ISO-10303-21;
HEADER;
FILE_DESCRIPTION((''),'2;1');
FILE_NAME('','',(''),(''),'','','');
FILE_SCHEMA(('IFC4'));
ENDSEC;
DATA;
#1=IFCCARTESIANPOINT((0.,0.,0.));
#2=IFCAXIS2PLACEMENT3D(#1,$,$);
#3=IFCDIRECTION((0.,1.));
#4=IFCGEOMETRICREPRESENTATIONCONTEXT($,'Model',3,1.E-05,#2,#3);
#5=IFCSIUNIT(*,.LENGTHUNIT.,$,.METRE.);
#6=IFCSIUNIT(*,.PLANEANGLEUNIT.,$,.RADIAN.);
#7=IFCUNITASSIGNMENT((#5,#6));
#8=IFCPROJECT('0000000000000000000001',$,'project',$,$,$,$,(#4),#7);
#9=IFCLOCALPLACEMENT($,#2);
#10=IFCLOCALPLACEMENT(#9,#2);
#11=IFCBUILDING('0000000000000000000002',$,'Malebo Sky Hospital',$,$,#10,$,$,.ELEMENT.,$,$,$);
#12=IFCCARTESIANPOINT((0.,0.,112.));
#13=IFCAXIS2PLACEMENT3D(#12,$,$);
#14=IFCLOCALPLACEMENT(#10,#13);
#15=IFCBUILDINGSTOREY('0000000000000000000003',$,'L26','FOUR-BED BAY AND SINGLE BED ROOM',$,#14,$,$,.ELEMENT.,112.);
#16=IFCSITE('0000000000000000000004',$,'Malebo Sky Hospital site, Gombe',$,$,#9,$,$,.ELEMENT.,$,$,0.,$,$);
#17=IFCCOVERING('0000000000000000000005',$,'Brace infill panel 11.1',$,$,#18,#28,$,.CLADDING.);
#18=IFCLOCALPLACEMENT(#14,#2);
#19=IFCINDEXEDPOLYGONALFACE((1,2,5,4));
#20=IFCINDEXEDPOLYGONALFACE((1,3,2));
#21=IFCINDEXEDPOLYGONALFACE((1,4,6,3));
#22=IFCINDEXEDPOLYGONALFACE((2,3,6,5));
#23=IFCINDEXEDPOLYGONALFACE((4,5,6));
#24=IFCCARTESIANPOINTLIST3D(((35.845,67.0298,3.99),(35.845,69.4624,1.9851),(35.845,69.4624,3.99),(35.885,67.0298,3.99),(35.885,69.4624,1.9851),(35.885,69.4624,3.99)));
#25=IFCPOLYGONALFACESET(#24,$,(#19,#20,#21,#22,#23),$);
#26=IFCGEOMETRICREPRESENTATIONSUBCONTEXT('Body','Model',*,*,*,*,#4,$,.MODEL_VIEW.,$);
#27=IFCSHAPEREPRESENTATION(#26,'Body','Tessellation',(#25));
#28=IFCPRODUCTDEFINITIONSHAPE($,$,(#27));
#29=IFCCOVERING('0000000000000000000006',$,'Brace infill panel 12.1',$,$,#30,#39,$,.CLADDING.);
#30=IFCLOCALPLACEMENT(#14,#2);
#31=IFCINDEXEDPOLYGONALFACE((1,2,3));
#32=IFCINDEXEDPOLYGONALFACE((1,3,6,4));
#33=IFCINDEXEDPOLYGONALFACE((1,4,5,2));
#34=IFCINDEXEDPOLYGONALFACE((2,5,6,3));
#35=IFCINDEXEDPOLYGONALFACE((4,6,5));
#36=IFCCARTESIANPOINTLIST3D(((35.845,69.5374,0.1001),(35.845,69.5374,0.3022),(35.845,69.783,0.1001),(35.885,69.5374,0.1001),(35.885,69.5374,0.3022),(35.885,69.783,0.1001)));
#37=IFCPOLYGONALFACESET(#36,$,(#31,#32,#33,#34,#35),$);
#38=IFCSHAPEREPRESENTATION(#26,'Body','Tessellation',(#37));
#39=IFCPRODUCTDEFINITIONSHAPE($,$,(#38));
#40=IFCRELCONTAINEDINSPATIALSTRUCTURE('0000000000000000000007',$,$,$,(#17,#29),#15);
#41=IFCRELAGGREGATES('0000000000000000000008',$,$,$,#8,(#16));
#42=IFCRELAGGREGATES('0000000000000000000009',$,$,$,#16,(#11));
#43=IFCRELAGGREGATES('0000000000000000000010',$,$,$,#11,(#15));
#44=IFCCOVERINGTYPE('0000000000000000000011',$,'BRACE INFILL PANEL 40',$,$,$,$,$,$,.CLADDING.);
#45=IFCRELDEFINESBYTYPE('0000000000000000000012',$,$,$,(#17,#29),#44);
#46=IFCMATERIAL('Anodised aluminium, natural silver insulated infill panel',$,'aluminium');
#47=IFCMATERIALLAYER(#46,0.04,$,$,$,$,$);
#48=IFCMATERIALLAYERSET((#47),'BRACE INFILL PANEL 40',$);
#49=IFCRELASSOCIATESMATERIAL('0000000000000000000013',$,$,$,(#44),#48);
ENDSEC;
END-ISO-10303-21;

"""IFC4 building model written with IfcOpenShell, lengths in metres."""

from ifc_helpers import new_model, si_unit, direction, frame, origin, place, context, subcontext, project, spatial, polyline, outline, extrude, material, layer, layer_set, type_object, element, save


model = new_model("IFC4")

# Units and contexts
model_context = context("Model", 3, precision=1e-05, world=origin(), true_north=direction((0.0, 1.0)))
body_context = subcontext(model_context, "Body", "Model", "MODEL_VIEW")
ifc_project = project(units=[si_unit("LENGTHUNIT", "METRE"), si_unit("PLANEANGLEUNIT", "RADIAN")], contexts=[model_context])

# Site, building, storey
site_placement = place(None, origin())
site = spatial("IfcSite", under=ifc_project, at=site_placement, Name="Malebo Sky Hospital site, Gombe", CompositionType="ELEMENT", RefElevation=0.0)
building_placement = place(site_placement, origin())
building = spatial("IfcBuilding", under=site, at=building_placement, Name="Malebo Sky Hospital", CompositionType="ELEMENT")
storey_placement = place(building_placement, frame((0.0, 0.0, 112.0)))
storey = spatial("IfcBuildingStorey", under=building, at=storey_placement, Name="L26", Description="FOUR-BED BAY AND SINGLE BED ROOM", CompositionType="ELEMENT", Elevation=112.0)

# Coverings
ifc_material_1 = material(Name="Anodised aluminium, natural silver insulated infill panel", Category="aluminium")
ifc_layer_1 = layer(ifc_material_1, 0.04)
ifc_layer_set_1 = layer_set([ifc_layer_1], Name="BRACE INFILL PANEL 40")
covering_type = type_object("IfcCoveringType", Name="BRACE INFILL PANEL 40", PredefinedType="CLADDING", material=ifc_layer_set_1)
covering_1_placement = place(storey_placement, frame((35.865, 68.2461, 1.9851), z_axis=(0.0, 0.0, 1.0), x_axis=(0.0, 1.0, 0.0)))
element("IfcCovering", 1, at=covering_1_placement, inside=storey, type_object=covering_type, Name="Brace infill panel 11.1", PredefinedType="CLADDING", context=body_context, shape_type="SweptSolid", body=[
    extrude(outline(polyline([(1.2163, 0.0), (1.2163, 2.0049), (-1.2163, 2.0049), (1.2163, 0.0)])), frame((0.0, 0.02, 0.0), z_axis=(0.0, -1.0, 0.0), x_axis=(1.0, 0.0, 0.0)), (0.0, 0.0, 1.0), 0.04),
])
covering_2_placement = place(storey_placement, frame((35.865, 69.6602, 0.1001), z_axis=(0.0, 0.0, 1.0), x_axis=(0.0, 1.0, 0.0)))
element("IfcCovering", 2, at=covering_2_placement, inside=storey, type_object=covering_type, Name="Brace infill panel 12.1", PredefinedType="CLADDING", context=body_context, shape_type="SweptSolid", body=[
    extrude(outline(polyline([(-0.1228, 0.0), (0.1228, 0.0), (-0.1228, 0.2021), (-0.1228, 0.0)])), frame((0.0, 0.02, 0.0), z_axis=(0.0, -1.0, 0.0), x_axis=(1.0, 0.0, 0.0)), (0.0, 0.0, 1.0), 0.04),
])

save(model, "model.ifc")
